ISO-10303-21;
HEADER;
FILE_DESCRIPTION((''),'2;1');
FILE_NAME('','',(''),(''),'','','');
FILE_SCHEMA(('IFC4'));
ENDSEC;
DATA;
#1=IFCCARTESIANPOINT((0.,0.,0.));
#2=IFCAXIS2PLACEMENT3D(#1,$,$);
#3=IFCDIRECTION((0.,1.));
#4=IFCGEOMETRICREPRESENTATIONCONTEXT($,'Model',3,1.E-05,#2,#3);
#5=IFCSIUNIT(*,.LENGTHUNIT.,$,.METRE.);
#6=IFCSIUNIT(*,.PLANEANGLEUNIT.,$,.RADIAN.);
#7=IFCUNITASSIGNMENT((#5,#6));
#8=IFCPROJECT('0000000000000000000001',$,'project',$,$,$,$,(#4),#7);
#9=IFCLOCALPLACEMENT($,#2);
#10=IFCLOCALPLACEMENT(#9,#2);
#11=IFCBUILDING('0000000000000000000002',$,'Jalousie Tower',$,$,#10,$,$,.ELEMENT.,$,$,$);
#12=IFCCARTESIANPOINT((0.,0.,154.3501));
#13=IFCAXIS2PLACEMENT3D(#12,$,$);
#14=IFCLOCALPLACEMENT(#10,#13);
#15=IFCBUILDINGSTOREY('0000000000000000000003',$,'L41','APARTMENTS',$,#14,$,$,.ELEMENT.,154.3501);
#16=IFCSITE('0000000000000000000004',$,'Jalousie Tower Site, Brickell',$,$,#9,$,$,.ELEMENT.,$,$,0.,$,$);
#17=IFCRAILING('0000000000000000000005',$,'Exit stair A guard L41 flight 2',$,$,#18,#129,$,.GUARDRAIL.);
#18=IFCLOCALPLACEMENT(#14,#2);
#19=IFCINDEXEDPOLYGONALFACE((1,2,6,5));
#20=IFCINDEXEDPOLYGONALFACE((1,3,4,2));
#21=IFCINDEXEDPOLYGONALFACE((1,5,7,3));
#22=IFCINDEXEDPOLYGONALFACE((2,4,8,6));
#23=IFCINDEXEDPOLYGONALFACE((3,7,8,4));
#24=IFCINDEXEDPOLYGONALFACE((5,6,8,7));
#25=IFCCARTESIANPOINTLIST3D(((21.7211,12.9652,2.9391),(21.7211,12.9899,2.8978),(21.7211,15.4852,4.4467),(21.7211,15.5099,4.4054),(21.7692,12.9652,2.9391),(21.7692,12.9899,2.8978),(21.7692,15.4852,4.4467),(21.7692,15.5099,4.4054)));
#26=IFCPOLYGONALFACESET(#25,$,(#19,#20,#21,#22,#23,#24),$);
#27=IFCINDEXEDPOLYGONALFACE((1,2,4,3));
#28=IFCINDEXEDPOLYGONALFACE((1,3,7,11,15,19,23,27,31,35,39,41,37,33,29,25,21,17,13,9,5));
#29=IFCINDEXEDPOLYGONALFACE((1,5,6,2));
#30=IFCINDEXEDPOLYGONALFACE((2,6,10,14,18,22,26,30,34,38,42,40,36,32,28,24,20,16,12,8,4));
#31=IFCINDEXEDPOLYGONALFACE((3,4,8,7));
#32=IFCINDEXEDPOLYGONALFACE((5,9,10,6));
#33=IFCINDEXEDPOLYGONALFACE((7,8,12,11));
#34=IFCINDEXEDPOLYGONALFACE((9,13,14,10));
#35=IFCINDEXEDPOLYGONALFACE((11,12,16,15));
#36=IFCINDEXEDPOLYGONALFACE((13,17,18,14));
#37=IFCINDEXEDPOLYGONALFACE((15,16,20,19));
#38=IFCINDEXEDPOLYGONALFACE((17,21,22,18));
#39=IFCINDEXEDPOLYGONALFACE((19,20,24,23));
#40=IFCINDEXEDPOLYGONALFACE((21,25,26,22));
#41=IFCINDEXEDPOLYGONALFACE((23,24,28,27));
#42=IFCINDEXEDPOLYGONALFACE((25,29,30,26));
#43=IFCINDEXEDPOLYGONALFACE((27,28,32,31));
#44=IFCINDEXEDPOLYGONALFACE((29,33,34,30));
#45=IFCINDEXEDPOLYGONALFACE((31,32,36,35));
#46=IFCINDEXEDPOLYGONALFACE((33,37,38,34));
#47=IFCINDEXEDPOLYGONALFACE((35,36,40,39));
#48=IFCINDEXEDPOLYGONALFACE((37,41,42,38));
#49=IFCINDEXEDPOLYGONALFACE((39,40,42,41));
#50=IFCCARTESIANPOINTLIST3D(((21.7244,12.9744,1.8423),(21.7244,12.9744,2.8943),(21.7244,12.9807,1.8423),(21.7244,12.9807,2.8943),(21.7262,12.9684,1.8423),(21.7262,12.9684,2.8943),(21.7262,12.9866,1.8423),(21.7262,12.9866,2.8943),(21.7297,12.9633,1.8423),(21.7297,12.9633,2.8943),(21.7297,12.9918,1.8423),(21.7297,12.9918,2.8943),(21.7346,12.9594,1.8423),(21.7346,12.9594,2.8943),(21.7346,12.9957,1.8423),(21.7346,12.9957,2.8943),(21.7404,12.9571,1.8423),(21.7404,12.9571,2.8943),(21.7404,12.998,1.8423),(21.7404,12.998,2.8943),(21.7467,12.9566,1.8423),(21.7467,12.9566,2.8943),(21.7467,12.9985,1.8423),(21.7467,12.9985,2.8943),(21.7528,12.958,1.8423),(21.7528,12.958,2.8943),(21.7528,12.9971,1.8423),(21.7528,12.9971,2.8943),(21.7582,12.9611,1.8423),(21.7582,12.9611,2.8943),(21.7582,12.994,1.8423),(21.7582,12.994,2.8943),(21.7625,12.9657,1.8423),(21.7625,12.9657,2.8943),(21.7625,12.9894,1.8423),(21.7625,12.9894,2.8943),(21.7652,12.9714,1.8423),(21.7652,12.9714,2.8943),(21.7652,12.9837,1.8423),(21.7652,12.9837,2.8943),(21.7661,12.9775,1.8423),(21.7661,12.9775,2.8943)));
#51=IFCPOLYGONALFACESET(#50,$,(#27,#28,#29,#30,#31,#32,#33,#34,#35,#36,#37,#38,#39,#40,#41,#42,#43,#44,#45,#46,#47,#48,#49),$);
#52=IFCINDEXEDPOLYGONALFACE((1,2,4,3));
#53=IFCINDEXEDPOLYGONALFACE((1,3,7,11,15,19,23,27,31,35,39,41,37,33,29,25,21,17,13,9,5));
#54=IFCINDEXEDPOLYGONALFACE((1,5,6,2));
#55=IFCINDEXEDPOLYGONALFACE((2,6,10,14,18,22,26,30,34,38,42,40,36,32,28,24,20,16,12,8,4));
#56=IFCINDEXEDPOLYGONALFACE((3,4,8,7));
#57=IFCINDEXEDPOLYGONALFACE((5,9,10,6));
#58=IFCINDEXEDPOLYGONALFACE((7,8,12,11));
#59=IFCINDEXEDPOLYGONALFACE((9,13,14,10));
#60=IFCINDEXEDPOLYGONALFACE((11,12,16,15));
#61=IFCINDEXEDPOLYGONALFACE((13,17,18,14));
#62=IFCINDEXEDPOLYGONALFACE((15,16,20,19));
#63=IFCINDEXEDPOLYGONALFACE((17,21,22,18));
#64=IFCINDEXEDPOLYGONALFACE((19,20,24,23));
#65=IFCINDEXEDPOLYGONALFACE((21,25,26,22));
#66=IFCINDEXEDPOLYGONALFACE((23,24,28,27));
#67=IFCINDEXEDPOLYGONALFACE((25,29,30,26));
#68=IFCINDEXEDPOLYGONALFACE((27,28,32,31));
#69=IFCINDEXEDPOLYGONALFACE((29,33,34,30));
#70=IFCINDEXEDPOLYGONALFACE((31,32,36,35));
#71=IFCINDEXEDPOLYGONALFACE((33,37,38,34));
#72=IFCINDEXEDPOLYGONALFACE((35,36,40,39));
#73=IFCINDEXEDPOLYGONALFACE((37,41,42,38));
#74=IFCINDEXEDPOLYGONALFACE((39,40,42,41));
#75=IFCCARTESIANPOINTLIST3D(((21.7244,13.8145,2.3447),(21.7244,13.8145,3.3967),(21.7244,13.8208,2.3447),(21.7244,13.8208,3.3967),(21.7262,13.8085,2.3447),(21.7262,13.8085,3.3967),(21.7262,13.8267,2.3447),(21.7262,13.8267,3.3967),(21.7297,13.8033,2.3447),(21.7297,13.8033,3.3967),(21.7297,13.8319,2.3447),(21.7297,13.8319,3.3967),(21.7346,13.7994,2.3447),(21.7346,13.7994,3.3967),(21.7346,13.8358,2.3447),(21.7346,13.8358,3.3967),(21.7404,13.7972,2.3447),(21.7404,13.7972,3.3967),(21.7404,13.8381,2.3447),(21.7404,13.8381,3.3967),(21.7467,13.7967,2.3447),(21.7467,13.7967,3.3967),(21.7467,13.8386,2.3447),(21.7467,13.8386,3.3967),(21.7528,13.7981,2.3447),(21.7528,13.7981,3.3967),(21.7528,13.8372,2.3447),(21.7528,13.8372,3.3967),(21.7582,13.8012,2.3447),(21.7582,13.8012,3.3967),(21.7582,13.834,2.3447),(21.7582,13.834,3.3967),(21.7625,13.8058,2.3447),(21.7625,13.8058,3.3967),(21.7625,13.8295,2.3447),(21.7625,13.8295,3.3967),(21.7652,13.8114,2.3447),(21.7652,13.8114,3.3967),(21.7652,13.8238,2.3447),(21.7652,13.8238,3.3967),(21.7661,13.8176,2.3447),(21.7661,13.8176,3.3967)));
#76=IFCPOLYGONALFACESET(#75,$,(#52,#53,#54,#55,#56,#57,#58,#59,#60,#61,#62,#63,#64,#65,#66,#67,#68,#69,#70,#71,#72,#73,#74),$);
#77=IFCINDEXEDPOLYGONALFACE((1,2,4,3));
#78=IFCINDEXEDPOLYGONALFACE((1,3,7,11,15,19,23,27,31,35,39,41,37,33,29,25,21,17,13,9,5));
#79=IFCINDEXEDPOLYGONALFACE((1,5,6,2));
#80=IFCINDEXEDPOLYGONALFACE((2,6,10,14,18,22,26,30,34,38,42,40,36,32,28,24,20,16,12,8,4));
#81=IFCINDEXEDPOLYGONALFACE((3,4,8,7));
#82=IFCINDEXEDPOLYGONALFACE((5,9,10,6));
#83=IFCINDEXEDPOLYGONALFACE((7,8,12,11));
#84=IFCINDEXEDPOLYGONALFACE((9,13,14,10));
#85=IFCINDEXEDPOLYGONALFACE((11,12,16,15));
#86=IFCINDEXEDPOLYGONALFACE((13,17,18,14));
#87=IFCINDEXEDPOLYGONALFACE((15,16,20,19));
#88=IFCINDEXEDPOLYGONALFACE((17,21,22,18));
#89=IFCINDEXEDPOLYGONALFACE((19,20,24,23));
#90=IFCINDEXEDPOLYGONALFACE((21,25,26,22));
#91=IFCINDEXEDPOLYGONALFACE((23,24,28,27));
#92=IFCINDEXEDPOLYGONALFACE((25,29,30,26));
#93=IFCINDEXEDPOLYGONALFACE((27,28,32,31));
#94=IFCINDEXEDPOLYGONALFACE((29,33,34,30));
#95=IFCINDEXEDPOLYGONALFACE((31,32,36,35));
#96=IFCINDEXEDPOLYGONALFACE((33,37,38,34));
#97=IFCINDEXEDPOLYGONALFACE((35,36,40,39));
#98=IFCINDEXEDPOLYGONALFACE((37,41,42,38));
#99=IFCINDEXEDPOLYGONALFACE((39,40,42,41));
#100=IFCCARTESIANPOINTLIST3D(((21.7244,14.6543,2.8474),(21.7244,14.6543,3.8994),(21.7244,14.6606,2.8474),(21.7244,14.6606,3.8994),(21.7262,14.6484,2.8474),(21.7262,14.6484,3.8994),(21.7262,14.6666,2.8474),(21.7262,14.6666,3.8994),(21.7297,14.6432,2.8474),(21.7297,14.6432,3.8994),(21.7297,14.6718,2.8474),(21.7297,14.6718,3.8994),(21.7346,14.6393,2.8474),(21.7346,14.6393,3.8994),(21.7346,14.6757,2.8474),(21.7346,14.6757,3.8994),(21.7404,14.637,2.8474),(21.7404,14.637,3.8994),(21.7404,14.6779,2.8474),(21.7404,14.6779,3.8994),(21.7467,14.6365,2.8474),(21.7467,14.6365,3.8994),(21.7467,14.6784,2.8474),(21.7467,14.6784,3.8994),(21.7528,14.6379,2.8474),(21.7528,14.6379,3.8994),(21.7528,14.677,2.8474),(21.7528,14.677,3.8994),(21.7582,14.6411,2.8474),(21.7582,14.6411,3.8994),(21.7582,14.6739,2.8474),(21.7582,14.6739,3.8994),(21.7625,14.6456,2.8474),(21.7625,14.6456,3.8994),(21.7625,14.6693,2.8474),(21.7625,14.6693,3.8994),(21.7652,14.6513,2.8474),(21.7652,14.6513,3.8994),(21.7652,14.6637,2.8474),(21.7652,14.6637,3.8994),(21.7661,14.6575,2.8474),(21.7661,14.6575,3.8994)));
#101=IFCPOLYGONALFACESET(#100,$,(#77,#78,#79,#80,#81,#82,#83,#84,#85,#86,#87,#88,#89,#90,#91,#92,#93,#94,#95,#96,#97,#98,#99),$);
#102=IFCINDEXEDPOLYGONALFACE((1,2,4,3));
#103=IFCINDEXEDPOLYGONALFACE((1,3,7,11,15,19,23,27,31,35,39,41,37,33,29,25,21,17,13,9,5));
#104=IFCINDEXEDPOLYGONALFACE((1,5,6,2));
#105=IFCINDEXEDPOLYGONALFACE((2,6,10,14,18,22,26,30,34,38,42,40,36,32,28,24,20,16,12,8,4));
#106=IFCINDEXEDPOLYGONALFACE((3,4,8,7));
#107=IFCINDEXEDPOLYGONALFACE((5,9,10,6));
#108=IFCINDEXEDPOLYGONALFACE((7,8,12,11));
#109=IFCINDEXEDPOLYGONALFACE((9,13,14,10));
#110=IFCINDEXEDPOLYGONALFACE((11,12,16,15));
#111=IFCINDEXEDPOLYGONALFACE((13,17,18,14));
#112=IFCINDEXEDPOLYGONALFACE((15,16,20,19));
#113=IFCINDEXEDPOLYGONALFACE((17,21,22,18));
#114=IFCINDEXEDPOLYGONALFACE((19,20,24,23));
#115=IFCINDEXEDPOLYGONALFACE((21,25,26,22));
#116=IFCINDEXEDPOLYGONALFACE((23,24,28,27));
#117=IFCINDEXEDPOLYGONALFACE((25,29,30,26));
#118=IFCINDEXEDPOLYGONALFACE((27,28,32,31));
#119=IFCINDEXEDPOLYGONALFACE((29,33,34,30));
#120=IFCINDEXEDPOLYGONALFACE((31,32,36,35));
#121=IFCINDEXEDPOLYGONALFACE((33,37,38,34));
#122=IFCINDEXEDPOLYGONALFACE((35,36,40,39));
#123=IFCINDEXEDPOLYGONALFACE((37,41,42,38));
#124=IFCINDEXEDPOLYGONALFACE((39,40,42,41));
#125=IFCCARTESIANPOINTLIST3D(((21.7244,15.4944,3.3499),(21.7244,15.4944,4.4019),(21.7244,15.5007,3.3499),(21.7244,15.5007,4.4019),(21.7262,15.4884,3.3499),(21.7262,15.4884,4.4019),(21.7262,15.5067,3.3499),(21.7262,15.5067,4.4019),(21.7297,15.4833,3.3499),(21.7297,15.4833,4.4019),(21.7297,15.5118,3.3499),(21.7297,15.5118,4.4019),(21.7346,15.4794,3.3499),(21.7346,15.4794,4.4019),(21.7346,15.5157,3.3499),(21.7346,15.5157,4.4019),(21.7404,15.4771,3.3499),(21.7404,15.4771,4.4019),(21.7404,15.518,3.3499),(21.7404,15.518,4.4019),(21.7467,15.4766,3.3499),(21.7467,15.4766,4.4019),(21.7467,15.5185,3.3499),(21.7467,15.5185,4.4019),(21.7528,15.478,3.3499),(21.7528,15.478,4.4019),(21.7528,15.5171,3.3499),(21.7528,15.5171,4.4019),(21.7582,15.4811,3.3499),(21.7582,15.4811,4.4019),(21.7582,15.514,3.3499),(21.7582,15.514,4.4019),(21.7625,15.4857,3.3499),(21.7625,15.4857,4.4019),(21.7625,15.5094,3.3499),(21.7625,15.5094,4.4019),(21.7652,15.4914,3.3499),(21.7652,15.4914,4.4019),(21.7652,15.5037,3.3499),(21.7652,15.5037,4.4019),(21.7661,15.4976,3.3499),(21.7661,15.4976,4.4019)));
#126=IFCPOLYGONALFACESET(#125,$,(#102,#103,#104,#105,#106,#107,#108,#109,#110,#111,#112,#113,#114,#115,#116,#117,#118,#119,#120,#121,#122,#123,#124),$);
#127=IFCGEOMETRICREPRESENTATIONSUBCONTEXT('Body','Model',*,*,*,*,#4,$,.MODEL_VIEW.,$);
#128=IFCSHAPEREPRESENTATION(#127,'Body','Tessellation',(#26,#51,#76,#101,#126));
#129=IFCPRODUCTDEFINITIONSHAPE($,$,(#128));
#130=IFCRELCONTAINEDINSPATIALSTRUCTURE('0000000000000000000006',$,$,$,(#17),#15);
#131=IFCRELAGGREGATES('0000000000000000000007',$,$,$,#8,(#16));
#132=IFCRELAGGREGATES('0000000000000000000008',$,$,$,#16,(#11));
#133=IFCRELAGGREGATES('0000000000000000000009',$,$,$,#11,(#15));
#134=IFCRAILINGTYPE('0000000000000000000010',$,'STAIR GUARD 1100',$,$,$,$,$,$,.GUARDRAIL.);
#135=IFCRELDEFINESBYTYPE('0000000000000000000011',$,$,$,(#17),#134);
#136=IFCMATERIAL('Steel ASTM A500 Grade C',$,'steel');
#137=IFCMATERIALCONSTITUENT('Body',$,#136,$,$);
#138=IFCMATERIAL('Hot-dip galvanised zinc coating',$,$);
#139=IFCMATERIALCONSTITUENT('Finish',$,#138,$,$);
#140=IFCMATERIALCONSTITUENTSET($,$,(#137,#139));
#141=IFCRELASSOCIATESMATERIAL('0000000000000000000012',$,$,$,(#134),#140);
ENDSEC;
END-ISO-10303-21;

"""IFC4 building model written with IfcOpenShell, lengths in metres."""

from ifc_helpers import new_model, si_unit, direction, frame, origin, origin_2d, place, context, subcontext, project, spatial, rectangle, circle, extrude, material, constituent, constituent_set, type_object, element, save


model = new_model("IFC4")

# Units and contexts
model_context = context("Model", 3, precision=1e-05, world=origin(), true_north=direction((0.0, 1.0)))
body_context = subcontext(model_context, "Body", "Model", "MODEL_VIEW")
ifc_project = project(units=[si_unit("LENGTHUNIT", "METRE"), si_unit("PLANEANGLEUNIT", "RADIAN")], contexts=[model_context])

# Site, building, storey
site_placement = place(None, origin())
site = spatial("IfcSite", under=ifc_project, at=site_placement, Name="Jalousie Tower Site, Brickell", CompositionType="ELEMENT", RefElevation=0.0)
building_placement = place(site_placement, origin())
building = spatial("IfcBuilding", under=site, at=building_placement, Name="Jalousie Tower", CompositionType="ELEMENT")
storey_placement = place(building_placement, frame((0.0, 0.0, 154.3501)))
storey = spatial("IfcBuildingStorey", under=building, at=storey_placement, Name="L41", Description="APARTMENTS", CompositionType="ELEMENT", Elevation=154.3501)

# Railing
ifc_material_1 = material(Name="Steel ASTM A500 Grade C", Category="steel")
ifc_constituent_1 = constituent(ifc_material_1, Name="Body")
ifc_material_2 = material(Name="Hot-dip galvanised zinc coating")
ifc_constituent_2 = constituent(ifc_material_2, Name="Finish")
ifc_constituent_set_1 = constituent_set(constituents=[ifc_constituent_1, ifc_constituent_2])
railing_type_1 = type_object("IfcRailingType", Name="STAIR GUARD 1100", PredefinedType="GUARDRAIL", material=ifc_constituent_set_1)
railing_1_placement = place(storey_placement, frame((21.7451, 12.9775, 1.8423)))
element("IfcRailing", 1, at=railing_1_placement, inside=storey, type_object=railing_type_1, Name="Exit stair A guard L41 flight 2", PredefinedType="GUARDRAIL", context=body_context, shape_type="SweptSolid", body=[
    extrude(rectangle(XDim=0.0481, YDim=0.0481, at=origin_2d()), frame((0.0, 0.0, 1.0762), z_axis=(0.0, 0.85816, 0.513383), x_axis=(-1.0, 0.0, 0.0)), (0.0, 0.0, 1.0), 2.9365),
    extrude(circle(Radius=0.021, at=origin_2d()), origin(), (0.0, 0.0, 1.0), 1.052),
    extrude(circle(Radius=0.021, at=origin_2d()), frame((0.0, 0.8401, 0.5024)), (0.0, 0.0, 1.0), 1.052),
    extrude(circle(Radius=0.021, at=origin_2d()), frame((0.0, 1.6799, 1.0051)), (0.0, 0.0, 1.0), 1.052),
    extrude(circle(Radius=0.021, at=origin_2d()), frame((0.0, 2.52, 1.5076)), (0.0, 0.0, 1.0), 1.052),
])

save(model, "model.ifc")
